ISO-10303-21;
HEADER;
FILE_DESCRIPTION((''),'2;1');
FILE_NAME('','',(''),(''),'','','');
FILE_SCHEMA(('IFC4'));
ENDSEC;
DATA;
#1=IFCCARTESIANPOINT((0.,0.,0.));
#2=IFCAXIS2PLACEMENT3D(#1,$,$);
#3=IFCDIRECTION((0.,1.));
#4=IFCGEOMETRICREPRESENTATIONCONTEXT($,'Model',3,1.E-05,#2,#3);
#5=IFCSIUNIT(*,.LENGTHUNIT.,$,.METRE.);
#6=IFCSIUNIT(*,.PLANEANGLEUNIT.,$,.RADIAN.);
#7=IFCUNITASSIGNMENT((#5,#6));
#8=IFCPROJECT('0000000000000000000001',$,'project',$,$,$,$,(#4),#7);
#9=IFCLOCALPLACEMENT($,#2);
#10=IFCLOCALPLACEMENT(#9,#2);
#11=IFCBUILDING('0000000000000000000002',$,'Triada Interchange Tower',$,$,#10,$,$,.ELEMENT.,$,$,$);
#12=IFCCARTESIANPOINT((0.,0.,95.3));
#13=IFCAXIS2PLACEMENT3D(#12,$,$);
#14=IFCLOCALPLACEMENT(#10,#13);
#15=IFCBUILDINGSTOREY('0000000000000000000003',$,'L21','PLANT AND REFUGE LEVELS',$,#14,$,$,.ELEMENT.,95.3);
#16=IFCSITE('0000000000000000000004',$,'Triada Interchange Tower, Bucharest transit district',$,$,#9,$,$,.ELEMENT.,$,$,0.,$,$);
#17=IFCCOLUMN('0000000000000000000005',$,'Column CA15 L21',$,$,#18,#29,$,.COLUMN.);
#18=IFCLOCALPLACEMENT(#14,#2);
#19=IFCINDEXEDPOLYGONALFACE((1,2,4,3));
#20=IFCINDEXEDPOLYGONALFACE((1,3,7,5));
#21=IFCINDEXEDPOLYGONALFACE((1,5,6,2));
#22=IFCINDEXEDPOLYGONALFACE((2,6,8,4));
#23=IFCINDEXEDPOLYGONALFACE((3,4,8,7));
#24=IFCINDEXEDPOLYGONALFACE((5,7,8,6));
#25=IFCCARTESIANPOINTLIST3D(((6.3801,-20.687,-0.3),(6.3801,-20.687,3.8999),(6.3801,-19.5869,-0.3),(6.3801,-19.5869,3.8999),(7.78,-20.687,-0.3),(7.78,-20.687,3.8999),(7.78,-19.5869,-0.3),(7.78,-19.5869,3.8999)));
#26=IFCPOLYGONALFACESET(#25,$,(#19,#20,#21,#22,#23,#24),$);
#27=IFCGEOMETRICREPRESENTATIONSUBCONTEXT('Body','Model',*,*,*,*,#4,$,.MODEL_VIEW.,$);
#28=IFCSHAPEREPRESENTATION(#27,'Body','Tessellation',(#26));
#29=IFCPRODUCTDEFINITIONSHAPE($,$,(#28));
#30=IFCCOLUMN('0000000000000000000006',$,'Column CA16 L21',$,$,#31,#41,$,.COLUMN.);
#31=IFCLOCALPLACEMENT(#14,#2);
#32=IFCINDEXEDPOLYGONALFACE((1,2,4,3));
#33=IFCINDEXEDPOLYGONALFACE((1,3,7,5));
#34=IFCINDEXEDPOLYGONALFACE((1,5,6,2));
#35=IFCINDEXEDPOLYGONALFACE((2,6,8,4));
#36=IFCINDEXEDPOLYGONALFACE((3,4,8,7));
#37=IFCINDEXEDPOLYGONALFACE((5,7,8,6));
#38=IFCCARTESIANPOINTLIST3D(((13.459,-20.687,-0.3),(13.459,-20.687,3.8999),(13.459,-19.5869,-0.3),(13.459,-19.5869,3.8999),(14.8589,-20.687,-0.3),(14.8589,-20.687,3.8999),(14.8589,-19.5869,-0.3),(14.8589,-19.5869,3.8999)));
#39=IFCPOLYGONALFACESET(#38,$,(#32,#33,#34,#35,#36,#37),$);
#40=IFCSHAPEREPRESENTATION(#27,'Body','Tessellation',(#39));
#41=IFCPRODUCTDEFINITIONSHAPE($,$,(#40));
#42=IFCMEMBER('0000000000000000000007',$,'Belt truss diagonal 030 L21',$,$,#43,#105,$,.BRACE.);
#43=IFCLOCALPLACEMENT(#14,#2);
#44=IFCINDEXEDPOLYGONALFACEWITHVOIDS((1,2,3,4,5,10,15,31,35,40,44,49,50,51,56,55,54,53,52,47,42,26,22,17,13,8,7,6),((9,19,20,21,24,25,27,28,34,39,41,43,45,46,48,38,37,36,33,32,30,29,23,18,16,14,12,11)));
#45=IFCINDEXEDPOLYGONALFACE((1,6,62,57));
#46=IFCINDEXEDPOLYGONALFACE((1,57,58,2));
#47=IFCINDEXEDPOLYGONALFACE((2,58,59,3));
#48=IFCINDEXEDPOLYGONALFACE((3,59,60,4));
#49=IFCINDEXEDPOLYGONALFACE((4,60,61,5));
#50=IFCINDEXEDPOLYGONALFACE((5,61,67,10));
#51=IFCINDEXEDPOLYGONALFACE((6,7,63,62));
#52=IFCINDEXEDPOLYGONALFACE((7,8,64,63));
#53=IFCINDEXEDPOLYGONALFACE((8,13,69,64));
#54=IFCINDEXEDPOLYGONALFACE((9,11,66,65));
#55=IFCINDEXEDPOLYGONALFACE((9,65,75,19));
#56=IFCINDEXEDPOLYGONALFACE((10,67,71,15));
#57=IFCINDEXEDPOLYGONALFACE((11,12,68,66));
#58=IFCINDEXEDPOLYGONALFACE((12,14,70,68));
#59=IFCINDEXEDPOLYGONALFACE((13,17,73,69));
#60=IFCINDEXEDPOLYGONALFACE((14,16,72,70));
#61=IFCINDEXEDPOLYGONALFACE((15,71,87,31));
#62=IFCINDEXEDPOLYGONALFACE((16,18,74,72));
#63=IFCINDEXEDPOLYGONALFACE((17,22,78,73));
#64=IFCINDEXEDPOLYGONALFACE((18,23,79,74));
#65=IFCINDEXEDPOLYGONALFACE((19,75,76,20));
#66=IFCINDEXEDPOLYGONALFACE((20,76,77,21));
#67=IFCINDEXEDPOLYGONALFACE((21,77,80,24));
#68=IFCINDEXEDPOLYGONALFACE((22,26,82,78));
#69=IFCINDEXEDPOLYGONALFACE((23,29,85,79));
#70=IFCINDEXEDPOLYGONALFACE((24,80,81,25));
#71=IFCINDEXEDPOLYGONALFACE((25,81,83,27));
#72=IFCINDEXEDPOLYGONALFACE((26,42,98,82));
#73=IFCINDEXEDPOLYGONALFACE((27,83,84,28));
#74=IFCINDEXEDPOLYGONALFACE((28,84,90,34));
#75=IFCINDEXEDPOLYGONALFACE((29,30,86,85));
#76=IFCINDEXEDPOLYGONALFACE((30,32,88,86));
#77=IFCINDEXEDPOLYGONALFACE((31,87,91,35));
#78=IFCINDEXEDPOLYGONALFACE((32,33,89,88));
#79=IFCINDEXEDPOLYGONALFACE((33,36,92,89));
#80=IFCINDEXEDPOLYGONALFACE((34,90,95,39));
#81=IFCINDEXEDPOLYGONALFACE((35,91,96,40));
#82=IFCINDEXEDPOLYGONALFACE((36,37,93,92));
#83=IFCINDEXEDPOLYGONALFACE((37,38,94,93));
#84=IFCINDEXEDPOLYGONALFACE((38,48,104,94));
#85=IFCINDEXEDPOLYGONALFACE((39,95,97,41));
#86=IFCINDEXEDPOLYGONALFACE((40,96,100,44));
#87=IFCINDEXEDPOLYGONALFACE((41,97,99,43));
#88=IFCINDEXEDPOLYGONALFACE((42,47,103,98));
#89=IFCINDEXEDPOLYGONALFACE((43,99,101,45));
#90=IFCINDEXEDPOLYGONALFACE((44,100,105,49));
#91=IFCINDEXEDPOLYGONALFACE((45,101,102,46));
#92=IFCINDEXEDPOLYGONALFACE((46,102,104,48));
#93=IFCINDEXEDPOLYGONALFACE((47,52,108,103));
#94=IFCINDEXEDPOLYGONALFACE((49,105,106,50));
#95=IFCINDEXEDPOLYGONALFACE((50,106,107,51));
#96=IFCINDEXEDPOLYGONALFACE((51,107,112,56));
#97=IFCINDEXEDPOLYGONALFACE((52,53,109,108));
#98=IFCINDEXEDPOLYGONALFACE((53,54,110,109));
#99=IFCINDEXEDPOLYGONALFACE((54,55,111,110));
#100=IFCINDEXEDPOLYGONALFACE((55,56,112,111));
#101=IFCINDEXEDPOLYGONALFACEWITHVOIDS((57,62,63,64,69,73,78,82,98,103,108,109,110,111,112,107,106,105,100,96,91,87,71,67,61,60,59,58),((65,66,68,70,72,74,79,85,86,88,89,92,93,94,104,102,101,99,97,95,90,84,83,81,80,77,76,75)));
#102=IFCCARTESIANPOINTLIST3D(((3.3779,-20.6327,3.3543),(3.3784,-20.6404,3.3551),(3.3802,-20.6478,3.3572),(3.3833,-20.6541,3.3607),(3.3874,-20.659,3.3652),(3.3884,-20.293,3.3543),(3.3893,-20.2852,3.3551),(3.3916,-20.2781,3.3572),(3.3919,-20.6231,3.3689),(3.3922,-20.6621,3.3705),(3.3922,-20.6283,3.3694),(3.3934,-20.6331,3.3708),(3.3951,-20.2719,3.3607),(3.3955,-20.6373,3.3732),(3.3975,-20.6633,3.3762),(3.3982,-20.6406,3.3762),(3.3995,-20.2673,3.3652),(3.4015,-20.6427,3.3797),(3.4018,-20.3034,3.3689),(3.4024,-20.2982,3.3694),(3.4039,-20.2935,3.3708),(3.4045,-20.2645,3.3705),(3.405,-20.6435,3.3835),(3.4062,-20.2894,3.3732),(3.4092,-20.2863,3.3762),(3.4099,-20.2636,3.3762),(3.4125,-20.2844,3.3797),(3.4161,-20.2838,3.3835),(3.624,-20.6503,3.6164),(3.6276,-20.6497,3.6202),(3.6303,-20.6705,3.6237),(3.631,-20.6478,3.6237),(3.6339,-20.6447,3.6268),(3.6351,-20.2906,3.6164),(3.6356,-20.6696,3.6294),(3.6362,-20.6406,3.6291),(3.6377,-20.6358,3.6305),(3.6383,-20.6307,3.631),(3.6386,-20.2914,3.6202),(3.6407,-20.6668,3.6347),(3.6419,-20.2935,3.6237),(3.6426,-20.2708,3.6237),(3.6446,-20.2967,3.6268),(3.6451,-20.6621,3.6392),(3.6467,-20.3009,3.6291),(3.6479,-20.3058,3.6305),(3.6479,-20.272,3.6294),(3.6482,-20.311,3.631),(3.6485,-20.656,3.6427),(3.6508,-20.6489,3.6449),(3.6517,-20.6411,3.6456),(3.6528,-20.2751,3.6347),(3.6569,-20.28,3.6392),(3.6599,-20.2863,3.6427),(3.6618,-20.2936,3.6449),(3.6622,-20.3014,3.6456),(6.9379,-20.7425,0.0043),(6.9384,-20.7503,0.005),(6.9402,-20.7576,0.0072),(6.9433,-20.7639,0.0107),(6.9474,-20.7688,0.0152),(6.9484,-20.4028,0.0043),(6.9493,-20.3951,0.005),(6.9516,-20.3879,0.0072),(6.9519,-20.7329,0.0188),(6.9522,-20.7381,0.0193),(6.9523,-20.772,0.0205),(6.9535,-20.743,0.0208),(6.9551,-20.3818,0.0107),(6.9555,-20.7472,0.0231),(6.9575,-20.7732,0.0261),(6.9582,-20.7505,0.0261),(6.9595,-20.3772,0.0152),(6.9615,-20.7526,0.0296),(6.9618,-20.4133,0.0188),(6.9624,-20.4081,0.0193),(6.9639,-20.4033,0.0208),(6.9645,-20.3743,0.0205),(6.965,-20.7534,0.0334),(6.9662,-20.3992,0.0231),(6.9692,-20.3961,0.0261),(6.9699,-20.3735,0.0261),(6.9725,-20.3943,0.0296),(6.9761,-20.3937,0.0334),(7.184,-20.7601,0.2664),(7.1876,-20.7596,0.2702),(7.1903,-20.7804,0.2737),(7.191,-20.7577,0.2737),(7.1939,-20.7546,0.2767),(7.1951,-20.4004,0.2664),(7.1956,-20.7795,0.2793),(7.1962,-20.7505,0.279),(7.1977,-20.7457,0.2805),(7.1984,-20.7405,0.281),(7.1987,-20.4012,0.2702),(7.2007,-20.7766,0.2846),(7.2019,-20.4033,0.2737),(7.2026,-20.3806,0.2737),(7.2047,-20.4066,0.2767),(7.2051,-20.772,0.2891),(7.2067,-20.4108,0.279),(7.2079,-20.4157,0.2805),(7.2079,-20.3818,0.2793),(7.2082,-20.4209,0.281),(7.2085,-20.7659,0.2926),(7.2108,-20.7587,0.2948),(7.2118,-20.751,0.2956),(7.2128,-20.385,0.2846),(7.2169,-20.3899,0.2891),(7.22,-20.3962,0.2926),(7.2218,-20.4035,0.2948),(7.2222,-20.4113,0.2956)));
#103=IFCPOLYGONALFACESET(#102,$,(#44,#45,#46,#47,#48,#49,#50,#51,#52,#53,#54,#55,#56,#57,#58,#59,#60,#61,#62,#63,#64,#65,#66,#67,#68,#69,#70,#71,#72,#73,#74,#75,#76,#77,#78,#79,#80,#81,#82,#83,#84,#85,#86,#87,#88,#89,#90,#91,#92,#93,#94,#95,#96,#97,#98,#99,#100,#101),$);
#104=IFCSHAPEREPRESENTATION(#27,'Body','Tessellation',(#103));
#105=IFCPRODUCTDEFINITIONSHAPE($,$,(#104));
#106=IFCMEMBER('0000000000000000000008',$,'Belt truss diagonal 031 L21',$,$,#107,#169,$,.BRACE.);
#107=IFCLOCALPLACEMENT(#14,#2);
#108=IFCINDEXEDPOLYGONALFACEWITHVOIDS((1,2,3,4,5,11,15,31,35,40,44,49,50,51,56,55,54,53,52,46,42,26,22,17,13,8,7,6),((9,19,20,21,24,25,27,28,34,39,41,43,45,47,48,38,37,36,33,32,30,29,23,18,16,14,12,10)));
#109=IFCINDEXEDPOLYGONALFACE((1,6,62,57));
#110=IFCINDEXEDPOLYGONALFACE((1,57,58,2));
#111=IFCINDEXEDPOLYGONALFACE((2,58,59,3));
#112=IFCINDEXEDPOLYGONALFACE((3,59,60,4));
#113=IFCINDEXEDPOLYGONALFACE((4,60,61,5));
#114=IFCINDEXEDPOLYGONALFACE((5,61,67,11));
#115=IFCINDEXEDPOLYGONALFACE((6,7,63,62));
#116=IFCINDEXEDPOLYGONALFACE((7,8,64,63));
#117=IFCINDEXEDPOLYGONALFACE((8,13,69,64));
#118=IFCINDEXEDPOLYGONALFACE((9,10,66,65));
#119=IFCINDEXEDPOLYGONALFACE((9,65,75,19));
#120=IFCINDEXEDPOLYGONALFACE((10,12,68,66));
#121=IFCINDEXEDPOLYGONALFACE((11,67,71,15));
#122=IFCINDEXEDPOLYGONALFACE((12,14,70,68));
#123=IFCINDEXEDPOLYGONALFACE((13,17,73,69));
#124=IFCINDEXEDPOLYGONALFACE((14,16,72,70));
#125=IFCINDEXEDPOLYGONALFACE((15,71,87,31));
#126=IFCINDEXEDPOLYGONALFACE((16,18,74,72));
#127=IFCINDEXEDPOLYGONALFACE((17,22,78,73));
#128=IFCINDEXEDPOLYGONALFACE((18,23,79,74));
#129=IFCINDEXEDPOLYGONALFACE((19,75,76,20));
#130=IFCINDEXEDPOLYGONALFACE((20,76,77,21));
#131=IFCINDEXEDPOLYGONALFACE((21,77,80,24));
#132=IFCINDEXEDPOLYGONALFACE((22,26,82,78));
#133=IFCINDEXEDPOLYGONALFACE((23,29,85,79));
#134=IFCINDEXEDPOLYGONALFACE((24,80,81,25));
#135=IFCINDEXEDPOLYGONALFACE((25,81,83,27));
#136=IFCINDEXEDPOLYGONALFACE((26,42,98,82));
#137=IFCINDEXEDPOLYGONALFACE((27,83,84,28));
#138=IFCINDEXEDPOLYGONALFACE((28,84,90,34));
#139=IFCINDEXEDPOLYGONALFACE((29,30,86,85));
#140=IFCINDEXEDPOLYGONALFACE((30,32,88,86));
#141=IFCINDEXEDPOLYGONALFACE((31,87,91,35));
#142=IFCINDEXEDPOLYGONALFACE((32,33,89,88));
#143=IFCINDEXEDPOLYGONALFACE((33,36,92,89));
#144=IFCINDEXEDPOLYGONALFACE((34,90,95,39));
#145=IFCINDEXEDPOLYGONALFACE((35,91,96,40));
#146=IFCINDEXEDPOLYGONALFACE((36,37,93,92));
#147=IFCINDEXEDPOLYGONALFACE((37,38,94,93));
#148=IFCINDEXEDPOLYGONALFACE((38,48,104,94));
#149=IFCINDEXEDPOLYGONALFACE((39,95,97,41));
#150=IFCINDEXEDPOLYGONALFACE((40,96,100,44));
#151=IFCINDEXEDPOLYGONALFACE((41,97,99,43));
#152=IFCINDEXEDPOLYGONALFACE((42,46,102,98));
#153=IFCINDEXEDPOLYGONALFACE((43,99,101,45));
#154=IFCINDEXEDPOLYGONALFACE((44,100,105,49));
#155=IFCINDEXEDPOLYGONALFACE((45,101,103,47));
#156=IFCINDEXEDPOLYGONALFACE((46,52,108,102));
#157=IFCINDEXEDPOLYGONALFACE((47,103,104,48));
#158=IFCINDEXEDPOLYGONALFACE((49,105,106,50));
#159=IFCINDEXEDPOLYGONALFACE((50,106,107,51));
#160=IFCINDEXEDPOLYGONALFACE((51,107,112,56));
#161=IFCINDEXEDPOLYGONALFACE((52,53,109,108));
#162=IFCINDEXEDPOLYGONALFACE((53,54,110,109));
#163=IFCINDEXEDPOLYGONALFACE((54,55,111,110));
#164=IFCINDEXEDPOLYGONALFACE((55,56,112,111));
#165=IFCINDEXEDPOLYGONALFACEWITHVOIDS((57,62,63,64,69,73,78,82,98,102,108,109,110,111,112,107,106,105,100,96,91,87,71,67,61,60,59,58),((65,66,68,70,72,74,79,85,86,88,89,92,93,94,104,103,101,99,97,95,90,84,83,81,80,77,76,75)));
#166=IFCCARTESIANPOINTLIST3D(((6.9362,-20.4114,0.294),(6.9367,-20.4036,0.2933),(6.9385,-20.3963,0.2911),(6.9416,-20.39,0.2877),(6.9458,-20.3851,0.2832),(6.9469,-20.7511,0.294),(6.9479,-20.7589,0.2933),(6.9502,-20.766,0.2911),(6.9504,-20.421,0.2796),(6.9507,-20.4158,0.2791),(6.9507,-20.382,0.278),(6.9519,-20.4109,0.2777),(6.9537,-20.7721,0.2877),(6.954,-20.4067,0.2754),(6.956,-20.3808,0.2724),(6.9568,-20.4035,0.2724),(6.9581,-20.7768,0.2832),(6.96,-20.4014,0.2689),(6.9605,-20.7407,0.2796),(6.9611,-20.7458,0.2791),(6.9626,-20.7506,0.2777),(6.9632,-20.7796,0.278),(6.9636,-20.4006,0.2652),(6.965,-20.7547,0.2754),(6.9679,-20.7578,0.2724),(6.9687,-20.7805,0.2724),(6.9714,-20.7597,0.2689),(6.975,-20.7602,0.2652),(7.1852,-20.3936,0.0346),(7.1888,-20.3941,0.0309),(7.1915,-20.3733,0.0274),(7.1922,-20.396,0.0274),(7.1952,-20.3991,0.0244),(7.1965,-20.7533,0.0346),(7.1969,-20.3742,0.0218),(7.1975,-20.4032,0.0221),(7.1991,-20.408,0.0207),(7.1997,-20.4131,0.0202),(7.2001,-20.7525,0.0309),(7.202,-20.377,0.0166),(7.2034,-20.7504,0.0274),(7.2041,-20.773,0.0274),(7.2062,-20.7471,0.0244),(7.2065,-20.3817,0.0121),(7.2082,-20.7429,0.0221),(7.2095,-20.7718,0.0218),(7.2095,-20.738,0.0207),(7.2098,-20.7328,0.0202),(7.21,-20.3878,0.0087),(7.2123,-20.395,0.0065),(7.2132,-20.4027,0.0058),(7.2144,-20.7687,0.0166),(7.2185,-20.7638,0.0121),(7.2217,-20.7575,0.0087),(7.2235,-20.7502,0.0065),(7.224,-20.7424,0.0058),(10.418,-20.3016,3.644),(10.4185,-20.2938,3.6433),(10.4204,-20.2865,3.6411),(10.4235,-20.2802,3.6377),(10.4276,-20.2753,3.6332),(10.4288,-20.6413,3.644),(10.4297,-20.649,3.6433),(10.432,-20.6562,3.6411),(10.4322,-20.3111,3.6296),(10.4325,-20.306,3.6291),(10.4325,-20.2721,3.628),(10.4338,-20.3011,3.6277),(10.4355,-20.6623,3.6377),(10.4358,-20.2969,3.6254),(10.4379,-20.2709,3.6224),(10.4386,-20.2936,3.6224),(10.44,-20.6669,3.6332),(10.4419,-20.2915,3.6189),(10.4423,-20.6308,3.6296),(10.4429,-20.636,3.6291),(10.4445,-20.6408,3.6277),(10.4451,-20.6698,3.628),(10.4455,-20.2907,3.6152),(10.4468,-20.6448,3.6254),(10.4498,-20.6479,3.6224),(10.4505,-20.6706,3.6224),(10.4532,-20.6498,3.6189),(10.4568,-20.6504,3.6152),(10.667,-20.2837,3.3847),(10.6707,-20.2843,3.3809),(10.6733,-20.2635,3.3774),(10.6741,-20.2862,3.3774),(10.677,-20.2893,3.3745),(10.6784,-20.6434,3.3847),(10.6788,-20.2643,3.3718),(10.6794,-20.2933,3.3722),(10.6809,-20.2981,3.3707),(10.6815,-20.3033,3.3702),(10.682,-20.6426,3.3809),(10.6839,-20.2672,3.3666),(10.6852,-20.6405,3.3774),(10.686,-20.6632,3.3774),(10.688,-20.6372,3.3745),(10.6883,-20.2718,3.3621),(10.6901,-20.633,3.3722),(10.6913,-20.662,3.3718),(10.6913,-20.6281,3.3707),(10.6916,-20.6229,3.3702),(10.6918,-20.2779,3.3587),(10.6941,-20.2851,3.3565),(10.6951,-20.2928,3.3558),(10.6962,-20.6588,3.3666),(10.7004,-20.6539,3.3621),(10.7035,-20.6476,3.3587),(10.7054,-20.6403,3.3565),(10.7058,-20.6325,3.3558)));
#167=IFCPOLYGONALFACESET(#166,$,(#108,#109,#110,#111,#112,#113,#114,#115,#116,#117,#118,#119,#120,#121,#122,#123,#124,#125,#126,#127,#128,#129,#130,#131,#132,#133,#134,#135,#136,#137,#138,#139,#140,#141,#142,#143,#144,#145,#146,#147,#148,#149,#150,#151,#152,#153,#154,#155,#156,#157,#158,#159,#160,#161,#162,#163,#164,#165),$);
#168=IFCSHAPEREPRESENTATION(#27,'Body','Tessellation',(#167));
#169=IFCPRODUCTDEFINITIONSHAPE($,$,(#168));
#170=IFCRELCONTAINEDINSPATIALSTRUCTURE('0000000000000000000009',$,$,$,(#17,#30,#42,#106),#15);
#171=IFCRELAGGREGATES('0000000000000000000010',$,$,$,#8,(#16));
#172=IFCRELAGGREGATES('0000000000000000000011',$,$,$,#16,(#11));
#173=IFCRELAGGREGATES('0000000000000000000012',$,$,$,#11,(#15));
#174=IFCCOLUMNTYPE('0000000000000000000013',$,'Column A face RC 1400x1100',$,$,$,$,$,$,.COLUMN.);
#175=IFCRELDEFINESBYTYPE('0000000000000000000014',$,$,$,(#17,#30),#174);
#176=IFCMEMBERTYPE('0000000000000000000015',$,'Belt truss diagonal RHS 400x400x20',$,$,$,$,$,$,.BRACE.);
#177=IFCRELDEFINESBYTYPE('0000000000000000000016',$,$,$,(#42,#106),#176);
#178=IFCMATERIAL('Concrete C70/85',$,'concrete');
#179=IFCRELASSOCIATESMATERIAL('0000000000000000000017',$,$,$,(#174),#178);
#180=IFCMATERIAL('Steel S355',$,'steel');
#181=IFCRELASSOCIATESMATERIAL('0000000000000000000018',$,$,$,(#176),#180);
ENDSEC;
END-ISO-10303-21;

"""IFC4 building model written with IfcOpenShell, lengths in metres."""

from ifc_helpers import new_model, si_unit, direction, frame, origin, origin_2d, place, context, subcontext, project, spatial, rectangle, hollow_rectangle, extrude, material, material_profile, profile_set, type_object, element, save


model = new_model("IFC4")

# Units and contexts
model_context = context("Model", 3, precision=1e-05, world=origin(), true_north=direction((0.0, 1.0)))
body_context = subcontext(model_context, "Body", "Model", "MODEL_VIEW")
ifc_project = project(units=[si_unit("LENGTHUNIT", "METRE"), si_unit("PLANEANGLEUNIT", "RADIAN")], contexts=[model_context])

# Site, building, storey
site_placement = place(None, origin())
site = spatial("IfcSite", under=ifc_project, at=site_placement, Name="Triada Interchange Tower, Bucharest transit district", CompositionType="ELEMENT", RefElevation=0.0)
building_placement = place(site_placement, origin())
building = spatial("IfcBuilding", under=site, at=building_placement, Name="Triada Interchange Tower", CompositionType="ELEMENT")
storey_placement = place(building_placement, frame((0.0, 0.0, 95.3)))
storey = spatial("IfcBuildingStorey", under=building, at=storey_placement, Name="L21", Description="PLANT AND REFUGE LEVELS", CompositionType="ELEMENT", Elevation=95.3)

# Columns
ifc_material_1 = material(Name="Concrete C70/85", Category="concrete")
ifc_material_profile_1 = material_profile(ifc_material_1, rectangle(XDim=1.3999, YDim=1.1001, at=origin_2d()), Name="RC 1400x1100")
ifc_profile_set_1 = profile_set([ifc_material_profile_1], Name="Concrete C70/85")
column_type = type_object("IfcColumnType", Name="Column A face RC 1400x1100", PredefinedType="COLUMN", material=ifc_profile_set_1)
for number, where, z_axis, x_axis, name in (
    (1, (7.0801, -20.137, -0.3), (0.0, 0.0, 1.0), (1.0, 0.0, 0.0), "Column CA15 L21"),
    (2, (14.1589, -20.137, -0.3), (0.0, 0.0, 1.0), (1.0, 0.0, 0.0), "Column CA16 L21"),
):
    element("IfcColumn", number, at=place(storey_placement, frame(where, z_axis=z_axis, x_axis=x_axis)), inside=storey, type_object=column_type, Name=name, PredefinedType="COLUMN", context=body_context, shape_type="SweptSolid", body=[
        extrude(rectangle(XDim=1.3999, YDim=1.1001, at=origin_2d()), origin(), (0.0, 0.0, 1.0), 4.2),
    ])

# Members
ifc_material_2 = material(Name="Steel S355", Category="steel")
ifc_material_profile_2 = material_profile(ifc_material_2, hollow_rectangle(XDim=0.3999, YDim=0.3999, WallThickness=0.02, InnerFilletRadius=0.02, OuterFilletRadius=0.03, at=origin_2d()), Name="RHS 400x400x20")
ifc_profile_set_2 = profile_set([ifc_material_profile_2], Name="Steel S355")
member_type_1 = type_object("IfcMemberType", Name="Belt truss diagonal RHS 400x400x20", PredefinedType="BRACE", material=ifc_profile_set_2)
member_1_placement = place(storey_placement, frame((7.0801, -20.5769, 0.1499), z_axis=(-0.728072, 0.022468, 0.685132), x_axis=(-0.030845, -0.999524, 0.0)))
element("IfcMember", 3, at=member_1_placement, inside=storey, type_object=member_type_1, Name="Belt truss diagonal 030 L21", PredefinedType="BRACE", context=body_context, shape_type="SweptSolid", body=[
    extrude(hollow_rectangle(XDim=0.3999, YDim=0.3999, WallThickness=0.02, InnerFilletRadius=0.02, OuterFilletRadius=0.03, at=origin_2d()), origin(), (0.0, 0.0, 1.0), 4.8896),
])
member_2_placement = place(storey_placement, frame((7.0801, -20.5769, 0.1499), z_axis=(0.720431, 0.022731, 0.693154), x_axis=(-0.031537, 0.999503, 0.0)))
element("IfcMember", 4, at=member_2_placement, inside=storey, type_object=member_type_1, Name="Belt truss diagonal 031 L21", PredefinedType="BRACE", context=body_context, shape_type="SweptSolid", body=[
    extrude(hollow_rectangle(XDim=0.3999, YDim=0.3999, WallThickness=0.02, InnerFilletRadius=0.02, OuterFilletRadius=0.03, at=origin_2d()), origin(), (0.0, 0.0, 1.0), 4.833),
])

save(model, "model.ifc")
